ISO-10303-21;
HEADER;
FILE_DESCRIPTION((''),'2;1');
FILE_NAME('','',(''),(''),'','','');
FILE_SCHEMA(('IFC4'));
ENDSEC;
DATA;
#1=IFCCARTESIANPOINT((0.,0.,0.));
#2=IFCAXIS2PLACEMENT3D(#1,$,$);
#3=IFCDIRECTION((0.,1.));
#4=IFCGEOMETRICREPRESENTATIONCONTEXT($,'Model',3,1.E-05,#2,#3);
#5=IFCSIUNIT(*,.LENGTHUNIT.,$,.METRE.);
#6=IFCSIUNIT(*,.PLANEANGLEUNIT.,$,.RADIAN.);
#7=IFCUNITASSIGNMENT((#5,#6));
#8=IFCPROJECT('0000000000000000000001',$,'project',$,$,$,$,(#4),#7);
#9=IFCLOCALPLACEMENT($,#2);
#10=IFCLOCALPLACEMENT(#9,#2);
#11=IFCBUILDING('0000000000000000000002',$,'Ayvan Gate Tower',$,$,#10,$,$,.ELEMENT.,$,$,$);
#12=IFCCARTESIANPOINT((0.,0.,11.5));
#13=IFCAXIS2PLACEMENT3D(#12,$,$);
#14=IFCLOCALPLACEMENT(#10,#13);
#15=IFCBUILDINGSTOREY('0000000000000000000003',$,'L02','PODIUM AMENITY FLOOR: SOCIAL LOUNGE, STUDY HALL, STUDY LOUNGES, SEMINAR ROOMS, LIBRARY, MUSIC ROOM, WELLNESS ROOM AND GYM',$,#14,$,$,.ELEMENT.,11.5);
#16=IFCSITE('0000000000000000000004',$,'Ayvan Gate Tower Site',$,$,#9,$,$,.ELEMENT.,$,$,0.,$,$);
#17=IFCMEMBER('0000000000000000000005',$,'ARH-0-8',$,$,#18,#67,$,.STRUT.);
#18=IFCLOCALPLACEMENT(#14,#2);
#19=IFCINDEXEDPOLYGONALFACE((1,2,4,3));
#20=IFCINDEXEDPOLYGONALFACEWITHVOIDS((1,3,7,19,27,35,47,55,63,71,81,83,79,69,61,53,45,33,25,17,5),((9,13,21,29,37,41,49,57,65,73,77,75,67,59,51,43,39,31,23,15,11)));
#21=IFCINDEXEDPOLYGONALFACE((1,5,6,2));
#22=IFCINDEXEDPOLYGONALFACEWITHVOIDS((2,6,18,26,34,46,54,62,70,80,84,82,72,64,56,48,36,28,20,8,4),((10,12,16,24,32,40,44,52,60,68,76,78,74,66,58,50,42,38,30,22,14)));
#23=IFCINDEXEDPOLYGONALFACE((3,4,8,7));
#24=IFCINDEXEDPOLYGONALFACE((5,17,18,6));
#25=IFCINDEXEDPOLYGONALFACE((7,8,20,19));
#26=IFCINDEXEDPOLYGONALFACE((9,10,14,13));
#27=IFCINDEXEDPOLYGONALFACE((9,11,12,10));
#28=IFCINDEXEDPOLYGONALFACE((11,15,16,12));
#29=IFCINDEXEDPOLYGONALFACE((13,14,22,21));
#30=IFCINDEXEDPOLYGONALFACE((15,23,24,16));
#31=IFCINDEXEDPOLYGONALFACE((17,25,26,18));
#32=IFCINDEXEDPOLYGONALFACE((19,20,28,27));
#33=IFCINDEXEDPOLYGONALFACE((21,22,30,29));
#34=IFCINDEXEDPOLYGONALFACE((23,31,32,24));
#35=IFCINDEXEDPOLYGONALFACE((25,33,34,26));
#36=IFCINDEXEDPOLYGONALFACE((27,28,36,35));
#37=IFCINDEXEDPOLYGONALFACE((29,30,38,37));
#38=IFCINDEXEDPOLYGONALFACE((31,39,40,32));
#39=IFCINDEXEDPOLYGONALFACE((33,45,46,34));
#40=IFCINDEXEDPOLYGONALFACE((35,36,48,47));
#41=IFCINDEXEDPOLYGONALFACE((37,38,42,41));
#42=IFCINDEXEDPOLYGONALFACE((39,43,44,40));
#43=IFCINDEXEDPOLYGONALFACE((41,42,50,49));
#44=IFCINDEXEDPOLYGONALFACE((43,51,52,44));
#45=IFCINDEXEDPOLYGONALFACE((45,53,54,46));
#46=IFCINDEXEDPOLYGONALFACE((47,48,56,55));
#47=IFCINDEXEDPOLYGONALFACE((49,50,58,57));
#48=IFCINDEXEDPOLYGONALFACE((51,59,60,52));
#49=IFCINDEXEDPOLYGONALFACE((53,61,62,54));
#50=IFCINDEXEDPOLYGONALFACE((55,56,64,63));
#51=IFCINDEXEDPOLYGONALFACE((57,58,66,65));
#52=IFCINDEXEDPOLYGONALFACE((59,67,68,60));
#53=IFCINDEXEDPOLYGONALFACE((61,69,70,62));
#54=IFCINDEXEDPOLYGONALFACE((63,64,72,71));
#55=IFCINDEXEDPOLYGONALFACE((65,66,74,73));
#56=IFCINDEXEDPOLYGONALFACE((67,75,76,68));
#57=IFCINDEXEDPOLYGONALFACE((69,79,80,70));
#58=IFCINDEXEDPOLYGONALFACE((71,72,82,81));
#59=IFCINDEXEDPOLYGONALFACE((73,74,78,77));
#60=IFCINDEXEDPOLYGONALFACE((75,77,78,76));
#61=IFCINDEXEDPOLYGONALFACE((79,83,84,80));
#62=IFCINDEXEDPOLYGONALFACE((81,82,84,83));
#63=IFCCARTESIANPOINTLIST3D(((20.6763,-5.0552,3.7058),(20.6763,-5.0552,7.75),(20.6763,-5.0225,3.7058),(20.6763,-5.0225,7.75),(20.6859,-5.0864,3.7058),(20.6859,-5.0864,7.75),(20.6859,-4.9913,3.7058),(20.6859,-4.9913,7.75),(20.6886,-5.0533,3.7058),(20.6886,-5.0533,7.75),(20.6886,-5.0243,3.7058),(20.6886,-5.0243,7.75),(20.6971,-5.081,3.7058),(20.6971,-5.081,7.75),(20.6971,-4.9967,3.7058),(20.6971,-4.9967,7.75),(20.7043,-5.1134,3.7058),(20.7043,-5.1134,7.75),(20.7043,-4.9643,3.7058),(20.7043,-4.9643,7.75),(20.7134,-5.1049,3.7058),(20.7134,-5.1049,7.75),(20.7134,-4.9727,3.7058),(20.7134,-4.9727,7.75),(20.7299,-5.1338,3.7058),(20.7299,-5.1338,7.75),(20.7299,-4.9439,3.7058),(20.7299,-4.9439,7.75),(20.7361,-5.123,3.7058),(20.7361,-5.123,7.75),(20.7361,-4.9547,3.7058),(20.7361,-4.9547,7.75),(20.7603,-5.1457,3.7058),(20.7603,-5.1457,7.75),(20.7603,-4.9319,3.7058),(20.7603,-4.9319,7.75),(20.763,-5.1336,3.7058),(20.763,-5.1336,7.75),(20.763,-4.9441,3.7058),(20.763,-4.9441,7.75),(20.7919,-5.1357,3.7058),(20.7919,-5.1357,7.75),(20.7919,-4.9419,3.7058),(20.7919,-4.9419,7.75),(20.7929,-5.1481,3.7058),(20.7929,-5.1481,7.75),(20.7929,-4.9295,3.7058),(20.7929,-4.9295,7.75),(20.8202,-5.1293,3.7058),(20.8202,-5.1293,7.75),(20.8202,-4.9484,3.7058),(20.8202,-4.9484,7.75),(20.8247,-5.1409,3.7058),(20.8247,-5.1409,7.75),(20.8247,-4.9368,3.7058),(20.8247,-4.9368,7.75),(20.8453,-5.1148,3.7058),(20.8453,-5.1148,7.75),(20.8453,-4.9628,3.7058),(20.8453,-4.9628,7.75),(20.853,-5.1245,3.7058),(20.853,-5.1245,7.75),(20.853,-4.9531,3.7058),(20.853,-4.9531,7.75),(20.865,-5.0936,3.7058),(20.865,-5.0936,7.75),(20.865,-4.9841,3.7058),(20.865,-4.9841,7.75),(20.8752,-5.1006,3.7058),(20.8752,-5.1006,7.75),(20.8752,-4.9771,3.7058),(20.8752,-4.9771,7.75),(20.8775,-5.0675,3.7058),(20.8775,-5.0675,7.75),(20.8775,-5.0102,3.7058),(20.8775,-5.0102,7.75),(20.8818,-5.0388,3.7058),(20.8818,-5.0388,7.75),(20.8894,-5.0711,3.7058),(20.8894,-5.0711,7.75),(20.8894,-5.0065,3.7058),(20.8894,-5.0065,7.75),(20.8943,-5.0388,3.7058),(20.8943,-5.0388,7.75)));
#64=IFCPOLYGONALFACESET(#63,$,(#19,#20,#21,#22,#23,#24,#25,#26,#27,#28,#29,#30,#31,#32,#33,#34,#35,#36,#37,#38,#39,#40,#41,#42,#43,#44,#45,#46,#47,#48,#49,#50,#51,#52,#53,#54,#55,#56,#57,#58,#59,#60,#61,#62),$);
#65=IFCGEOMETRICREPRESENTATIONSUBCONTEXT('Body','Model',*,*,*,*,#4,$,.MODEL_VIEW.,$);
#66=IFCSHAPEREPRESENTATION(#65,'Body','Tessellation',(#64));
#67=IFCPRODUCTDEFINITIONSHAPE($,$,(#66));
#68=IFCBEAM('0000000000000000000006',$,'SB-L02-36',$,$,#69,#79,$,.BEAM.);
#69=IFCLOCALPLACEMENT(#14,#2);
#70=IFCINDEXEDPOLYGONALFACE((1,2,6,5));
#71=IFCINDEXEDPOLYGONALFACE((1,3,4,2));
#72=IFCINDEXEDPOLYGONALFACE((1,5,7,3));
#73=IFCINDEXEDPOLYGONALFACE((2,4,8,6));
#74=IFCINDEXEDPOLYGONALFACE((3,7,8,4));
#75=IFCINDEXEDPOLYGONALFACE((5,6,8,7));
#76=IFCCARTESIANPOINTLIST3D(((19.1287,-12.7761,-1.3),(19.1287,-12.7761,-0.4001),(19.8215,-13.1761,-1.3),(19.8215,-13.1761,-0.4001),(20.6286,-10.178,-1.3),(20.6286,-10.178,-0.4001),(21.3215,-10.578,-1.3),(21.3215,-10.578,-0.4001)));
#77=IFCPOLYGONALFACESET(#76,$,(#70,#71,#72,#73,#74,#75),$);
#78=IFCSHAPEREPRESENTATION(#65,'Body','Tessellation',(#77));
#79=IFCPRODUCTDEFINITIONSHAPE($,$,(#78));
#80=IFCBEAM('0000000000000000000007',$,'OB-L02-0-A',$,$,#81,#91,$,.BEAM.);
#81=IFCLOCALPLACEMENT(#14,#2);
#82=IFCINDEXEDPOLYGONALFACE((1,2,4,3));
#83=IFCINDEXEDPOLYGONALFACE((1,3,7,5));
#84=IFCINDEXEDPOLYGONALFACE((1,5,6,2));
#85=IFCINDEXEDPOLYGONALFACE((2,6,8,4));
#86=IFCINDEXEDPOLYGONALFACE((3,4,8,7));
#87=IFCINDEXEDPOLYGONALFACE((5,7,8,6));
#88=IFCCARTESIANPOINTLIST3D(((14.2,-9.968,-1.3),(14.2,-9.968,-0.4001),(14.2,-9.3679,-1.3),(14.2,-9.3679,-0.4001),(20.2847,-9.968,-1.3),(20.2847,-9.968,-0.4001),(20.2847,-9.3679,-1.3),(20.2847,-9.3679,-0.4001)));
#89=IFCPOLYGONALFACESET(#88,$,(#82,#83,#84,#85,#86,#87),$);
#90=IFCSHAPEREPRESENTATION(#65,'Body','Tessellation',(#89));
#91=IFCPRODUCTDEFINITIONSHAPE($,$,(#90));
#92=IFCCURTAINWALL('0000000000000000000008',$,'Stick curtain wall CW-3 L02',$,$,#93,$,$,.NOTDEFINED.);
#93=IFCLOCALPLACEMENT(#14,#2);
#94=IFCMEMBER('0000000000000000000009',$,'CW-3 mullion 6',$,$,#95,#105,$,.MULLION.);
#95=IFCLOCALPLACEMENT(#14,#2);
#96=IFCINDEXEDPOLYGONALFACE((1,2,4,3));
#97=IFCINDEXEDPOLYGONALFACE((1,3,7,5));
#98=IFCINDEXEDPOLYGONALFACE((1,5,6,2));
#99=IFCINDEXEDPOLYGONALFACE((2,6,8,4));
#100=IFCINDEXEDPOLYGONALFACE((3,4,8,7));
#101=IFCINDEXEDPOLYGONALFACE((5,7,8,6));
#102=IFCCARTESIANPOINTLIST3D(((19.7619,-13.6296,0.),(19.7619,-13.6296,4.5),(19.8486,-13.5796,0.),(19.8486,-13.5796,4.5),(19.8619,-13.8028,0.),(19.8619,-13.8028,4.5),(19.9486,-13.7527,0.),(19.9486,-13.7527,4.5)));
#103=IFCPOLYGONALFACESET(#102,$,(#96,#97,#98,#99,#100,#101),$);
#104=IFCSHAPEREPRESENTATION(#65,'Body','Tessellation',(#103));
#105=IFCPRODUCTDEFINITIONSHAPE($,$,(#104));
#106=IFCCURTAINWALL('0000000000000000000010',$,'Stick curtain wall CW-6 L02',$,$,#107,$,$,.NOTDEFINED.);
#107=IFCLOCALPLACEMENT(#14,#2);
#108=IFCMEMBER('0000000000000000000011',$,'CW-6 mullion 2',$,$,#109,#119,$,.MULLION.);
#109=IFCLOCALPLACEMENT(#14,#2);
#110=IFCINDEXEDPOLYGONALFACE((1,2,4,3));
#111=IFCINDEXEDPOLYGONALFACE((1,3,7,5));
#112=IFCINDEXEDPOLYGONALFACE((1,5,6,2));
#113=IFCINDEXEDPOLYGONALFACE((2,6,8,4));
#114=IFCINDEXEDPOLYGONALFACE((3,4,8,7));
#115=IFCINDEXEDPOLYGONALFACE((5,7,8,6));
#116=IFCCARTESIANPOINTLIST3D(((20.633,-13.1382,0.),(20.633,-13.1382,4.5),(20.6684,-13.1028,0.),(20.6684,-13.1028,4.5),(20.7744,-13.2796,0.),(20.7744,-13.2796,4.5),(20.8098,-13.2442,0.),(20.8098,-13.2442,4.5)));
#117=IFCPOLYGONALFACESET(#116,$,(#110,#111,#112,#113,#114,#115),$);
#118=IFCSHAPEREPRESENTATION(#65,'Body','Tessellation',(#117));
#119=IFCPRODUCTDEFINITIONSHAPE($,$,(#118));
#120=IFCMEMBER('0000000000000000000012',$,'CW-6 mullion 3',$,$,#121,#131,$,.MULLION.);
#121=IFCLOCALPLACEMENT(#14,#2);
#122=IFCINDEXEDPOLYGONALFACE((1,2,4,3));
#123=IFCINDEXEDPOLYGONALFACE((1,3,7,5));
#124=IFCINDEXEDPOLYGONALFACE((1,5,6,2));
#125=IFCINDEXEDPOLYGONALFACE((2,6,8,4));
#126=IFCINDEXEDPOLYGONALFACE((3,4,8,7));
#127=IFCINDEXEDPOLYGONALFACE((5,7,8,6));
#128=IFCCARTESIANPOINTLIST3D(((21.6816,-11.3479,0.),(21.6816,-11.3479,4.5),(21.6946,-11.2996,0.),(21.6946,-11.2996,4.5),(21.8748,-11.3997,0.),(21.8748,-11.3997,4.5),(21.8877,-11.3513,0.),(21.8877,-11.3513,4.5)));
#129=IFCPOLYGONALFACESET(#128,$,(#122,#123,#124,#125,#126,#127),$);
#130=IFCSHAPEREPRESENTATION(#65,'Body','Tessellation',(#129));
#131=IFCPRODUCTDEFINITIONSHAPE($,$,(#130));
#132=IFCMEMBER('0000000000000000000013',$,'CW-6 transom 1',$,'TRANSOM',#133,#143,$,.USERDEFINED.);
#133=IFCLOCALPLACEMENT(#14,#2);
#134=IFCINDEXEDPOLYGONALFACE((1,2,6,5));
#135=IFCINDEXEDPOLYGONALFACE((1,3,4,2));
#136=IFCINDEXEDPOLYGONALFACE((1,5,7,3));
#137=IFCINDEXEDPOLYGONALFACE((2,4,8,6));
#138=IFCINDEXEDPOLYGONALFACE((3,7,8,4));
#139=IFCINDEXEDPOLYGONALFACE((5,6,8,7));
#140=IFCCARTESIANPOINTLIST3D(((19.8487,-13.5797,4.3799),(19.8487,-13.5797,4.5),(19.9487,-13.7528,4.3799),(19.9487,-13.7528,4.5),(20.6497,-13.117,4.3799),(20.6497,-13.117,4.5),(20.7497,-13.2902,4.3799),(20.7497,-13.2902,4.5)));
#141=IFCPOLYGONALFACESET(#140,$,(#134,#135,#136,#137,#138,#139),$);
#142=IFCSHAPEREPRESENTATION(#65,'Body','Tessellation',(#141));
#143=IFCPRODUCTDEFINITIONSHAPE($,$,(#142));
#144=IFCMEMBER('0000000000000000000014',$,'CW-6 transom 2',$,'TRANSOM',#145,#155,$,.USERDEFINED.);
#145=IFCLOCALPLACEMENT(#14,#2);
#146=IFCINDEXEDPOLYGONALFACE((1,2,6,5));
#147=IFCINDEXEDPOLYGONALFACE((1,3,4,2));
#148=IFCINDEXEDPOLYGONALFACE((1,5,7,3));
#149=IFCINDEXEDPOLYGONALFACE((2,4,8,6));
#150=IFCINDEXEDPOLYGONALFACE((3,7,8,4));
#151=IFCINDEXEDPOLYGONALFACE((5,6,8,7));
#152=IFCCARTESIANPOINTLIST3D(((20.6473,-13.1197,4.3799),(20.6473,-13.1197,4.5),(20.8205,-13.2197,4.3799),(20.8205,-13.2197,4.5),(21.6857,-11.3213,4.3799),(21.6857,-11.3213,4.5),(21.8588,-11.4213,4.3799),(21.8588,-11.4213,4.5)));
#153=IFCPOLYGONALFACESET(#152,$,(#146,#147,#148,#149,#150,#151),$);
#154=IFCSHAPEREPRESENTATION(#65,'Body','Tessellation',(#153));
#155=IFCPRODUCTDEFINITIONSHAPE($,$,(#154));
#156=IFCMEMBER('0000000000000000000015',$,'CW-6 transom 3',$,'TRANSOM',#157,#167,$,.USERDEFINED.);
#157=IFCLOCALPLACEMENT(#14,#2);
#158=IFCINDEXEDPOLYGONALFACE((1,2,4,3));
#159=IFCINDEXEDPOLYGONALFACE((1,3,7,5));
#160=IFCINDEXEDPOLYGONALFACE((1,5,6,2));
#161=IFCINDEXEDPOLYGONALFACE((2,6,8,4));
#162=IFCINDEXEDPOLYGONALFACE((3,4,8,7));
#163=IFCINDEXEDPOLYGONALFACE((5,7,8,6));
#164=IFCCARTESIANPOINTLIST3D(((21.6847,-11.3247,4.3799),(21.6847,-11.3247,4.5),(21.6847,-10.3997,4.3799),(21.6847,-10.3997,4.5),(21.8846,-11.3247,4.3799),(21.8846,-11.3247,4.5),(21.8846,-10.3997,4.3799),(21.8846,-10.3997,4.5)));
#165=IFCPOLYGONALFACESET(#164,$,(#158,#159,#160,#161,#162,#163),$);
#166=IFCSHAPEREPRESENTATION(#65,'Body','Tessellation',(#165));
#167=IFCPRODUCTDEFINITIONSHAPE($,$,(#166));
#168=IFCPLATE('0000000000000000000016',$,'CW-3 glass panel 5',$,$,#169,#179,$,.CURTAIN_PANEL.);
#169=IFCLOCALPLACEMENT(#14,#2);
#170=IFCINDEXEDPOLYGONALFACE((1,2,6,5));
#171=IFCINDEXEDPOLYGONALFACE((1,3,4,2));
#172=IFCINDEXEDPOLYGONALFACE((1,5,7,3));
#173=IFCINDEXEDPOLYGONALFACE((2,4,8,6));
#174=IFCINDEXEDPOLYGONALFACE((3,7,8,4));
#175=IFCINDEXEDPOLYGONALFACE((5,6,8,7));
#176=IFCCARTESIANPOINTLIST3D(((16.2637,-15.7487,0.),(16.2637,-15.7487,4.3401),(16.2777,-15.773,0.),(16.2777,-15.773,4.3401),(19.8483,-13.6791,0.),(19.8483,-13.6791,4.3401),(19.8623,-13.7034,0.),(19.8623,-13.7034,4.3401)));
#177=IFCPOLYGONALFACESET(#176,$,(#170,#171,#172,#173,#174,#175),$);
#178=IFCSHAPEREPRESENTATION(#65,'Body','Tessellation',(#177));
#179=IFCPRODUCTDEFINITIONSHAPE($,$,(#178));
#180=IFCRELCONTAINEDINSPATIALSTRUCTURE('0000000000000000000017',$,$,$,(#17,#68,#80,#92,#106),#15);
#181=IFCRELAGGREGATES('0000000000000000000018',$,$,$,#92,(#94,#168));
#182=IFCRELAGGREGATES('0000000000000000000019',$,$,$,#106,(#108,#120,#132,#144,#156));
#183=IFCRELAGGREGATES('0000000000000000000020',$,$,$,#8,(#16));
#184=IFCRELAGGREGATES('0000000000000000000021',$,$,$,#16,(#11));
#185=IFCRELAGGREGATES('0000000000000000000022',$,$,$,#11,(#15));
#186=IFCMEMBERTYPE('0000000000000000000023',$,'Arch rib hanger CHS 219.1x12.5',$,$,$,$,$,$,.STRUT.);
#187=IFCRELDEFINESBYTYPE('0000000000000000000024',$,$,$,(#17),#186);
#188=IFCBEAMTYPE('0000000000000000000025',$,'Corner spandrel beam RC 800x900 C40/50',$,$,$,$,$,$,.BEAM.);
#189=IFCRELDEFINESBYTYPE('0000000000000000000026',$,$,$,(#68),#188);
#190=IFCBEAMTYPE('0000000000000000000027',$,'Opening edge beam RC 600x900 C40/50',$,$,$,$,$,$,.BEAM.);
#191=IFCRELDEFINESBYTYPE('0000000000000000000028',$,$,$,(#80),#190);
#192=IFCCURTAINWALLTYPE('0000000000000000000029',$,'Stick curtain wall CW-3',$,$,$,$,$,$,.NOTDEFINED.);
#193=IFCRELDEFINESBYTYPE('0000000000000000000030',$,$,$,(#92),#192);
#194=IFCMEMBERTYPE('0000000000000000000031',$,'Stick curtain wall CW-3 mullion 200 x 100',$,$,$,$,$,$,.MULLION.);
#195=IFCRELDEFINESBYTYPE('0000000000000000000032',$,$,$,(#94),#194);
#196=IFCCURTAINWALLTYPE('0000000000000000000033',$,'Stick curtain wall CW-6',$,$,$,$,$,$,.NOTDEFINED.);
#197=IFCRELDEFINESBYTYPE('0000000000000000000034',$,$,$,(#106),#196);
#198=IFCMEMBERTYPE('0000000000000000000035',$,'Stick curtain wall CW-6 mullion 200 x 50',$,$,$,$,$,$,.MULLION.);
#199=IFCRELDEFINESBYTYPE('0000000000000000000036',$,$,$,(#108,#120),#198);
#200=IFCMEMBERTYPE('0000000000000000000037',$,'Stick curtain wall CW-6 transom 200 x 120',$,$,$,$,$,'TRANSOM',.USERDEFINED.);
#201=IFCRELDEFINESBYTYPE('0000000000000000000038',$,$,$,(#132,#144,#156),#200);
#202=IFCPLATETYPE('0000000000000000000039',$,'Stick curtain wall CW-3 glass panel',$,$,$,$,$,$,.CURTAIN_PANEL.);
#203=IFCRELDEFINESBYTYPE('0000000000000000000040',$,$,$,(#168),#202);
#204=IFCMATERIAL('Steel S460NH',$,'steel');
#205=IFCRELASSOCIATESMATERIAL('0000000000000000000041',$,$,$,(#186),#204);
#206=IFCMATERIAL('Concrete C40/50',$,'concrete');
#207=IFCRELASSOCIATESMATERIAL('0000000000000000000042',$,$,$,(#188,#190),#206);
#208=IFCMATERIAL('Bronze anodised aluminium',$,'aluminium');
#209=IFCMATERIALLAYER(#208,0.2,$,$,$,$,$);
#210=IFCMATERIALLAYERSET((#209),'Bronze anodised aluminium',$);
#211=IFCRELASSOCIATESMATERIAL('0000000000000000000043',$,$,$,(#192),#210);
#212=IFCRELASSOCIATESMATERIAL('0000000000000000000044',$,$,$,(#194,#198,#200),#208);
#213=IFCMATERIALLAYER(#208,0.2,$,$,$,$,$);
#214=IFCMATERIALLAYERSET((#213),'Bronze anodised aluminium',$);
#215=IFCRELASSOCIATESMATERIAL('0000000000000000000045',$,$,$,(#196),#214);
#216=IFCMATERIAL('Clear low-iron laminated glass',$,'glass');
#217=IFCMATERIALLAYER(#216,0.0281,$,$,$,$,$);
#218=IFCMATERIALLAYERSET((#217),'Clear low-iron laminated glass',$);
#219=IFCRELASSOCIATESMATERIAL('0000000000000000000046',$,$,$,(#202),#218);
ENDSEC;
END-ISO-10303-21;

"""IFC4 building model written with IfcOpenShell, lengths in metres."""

from ifc_helpers import new_model, si_unit, direction, frame, origin, origin_2d, place, context, subcontext, project, spatial, rectangle, hollow_circle, extrude, material, layer, layer_set, material_profile, profile_set, type_object, element, aggregate, save


model = new_model("IFC4")

# Units and contexts
model_context = context("Model", 3, precision=1e-05, world=origin(), true_north=direction((0.0, 1.0)))
body_context = subcontext(model_context, "Body", "Model", "MODEL_VIEW")
ifc_project = project(units=[si_unit("LENGTHUNIT", "METRE"), si_unit("PLANEANGLEUNIT", "RADIAN")], contexts=[model_context])

# Site, building, storey
site_placement = place(None, origin())
site = spatial("IfcSite", under=ifc_project, at=site_placement, Name="Ayvan Gate Tower Site", CompositionType="ELEMENT", RefElevation=0.0)
building_placement = place(site_placement, origin())
building = spatial("IfcBuilding", under=site, at=building_placement, Name="Ayvan Gate Tower", CompositionType="ELEMENT")
storey_placement = place(building_placement, frame((0.0, 0.0, 11.5)))
storey = spatial("IfcBuildingStorey", under=building, at=storey_placement, Name="L02", Description="PODIUM AMENITY FLOOR: SOCIAL LOUNGE, STUDY HALL, STUDY LOUNGES, SEMINAR ROOMS, LIBRARY, MUSIC ROOM, WELLNESS ROOM AND GYM", CompositionType="ELEMENT", Elevation=11.5)

# Member
ifc_material_1 = material(Name="Steel S460NH", Category="steel")
ifc_material_profile_1 = material_profile(ifc_material_1, hollow_circle(Radius=0.1096, WallThickness=0.0125, at=origin_2d()), Name="CHS 219.1x12.5")
ifc_profile_set_1 = profile_set([ifc_material_profile_1], Name="Steel S460NH")
member_type_1 = type_object("IfcMemberType", Name="Arch rib hanger CHS 219.1x12.5", PredefinedType="STRUT", material=ifc_profile_set_1)
member_1_placement = place(storey_placement, frame((20.7847, -5.0388, 3.7058), z_axis=(0.0, 0.0, 1.0), x_axis=(1.0, 0.0, 0.0)))
element("IfcMember", 1, at=member_1_placement, inside=storey, type_object=member_type_1, Name="ARH-0-8", PredefinedType="STRUT", context=body_context, shape_type="SweptSolid", body=[
    extrude(hollow_circle(Radius=0.1096, WallThickness=0.0125, at=origin_2d()), origin(), (0.0, 0.0, 1.0), 4.0442),
])

# Beams
ifc_material_2 = material(Name="Concrete C40/50", Category="concrete")
ifc_material_profile_2 = material_profile(ifc_material_2, rectangle(XDim=0.8, YDim=0.8999, at=origin_2d()), Name="RC 800x900")
ifc_profile_set_2 = profile_set([ifc_material_profile_2], Name="Concrete C40/50")
beam_type_1 = type_object("IfcBeamType", Name="Corner spandrel beam RC 800x900 C40/50", PredefinedType="BEAM", material=ifc_profile_set_2)
beam_1_placement = place(storey_placement, frame((19.4751, -12.9761, -0.8501), z_axis=(0.49999, 0.866031, 0.0), x_axis=(-0.866031, 0.49999, 0.0)))
element("IfcBeam", 2, at=beam_1_placement, inside=storey, type_object=beam_type_1, Name="SB-L02-36", PredefinedType="BEAM", context=body_context, shape_type="SweptSolid", body=[
    extrude(rectangle(XDim=0.8, YDim=0.8999, at=origin_2d()), origin(), (0.0, 0.0, 1.0), 3.0),
])
ifc_material_profile_3 = material_profile(ifc_material_2, rectangle(XDim=0.6001, YDim=0.8999, at=origin_2d()), Name="RC 600x900")
ifc_profile_set_3 = profile_set([ifc_material_profile_3], Name="Concrete C40/50")
beam_type_2 = type_object("IfcBeamType", Name="Opening edge beam RC 600x900 C40/50", PredefinedType="BEAM", material=ifc_profile_set_3)
beam_2_placement = place(storey_placement, frame((20.2847, -9.668, -0.8501), z_axis=(-1.0, 0.0, 0.0), x_axis=(0.0, -1.0, 0.0)))
element("IfcBeam", 3, at=beam_2_placement, inside=storey, type_object=beam_type_2, Name="OB-L02-0-A", PredefinedType="BEAM", context=body_context, shape_type="SweptSolid", body=[
    extrude(rectangle(XDim=0.6001, YDim=0.8999, at=origin_2d()), origin(), (0.0, 0.0, 1.0), 6.0847),
])

# Curtain wall, member
ifc_material_3 = material(Name="Bronze anodised aluminium", Category="aluminium")
ifc_layer_1 = layer(ifc_material_3, 0.2)
ifc_layer_set_1 = layer_set([ifc_layer_1], Name="Bronze anodised aluminium")
curtain_wall_type_1 = type_object("IfcCurtainWallType", Name="Stick curtain wall CW-3", PredefinedType="NOTDEFINED", material=ifc_layer_set_1)
curtain_wall_1_placement = place(storey_placement, origin())
curtain_wall_1 = element("IfcCurtainWall", 4, at=curtain_wall_1_placement, inside=storey, type_object=curtain_wall_type_1, Name="Stick curtain wall CW-3 L02", PredefinedType="NOTDEFINED")
ifc_material_profile_4 = material_profile(ifc_material_3, rectangle(XDim=0.2, YDim=0.1001, at=origin_2d()), Name="Stick curtain wall CW-3 mullion 200 x 100")
ifc_profile_set_4 = profile_set([ifc_material_profile_4], Name="Bronze anodised aluminium")
member_type_2 = type_object("IfcMemberType", Name="Stick curtain wall CW-3 mullion 200 x 100", PredefinedType="MULLION", material=ifc_profile_set_4)
member_2_placement = place(storey_placement, frame((19.8552, -13.6912, 0.0), z_axis=(0.0, 0.0, 1.0), x_axis=(0.5, -0.866025, 0.0)))
member_2 = element("IfcMember", 5, at=member_2_placement, type_object=member_type_2, Name="CW-3 mullion 6", PredefinedType="MULLION", context=body_context, shape_type="SweptSolid", body=[
    extrude(rectangle(XDim=0.2, YDim=0.1001, at=origin_2d()), origin(), (0.0, 0.0, 1.0), 4.5),
])

# Curtain wall, members
ifc_layer_2 = layer(ifc_material_3, 0.2)
ifc_layer_set_2 = layer_set([ifc_layer_2], Name="Bronze anodised aluminium")
curtain_wall_type_2 = type_object("IfcCurtainWallType", Name="Stick curtain wall CW-6", PredefinedType="NOTDEFINED", material=ifc_layer_set_2)
curtain_wall_2_placement = place(storey_placement, origin())
curtain_wall_2 = element("IfcCurtainWall", 6, at=curtain_wall_2_placement, inside=storey, type_object=curtain_wall_type_2, Name="Stick curtain wall CW-6 L02", PredefinedType="NOTDEFINED")
ifc_material_profile_5 = material_profile(ifc_material_3, rectangle(XDim=0.2, YDim=0.05, at=origin_2d()), Name="Stick curtain wall CW-6 mullion 200 x 50")
ifc_profile_set_5 = profile_set([ifc_material_profile_5], Name="Bronze anodised aluminium")
member_type_3 = type_object("IfcMemberType", Name="Stick curtain wall CW-6 mullion 200 x 50", PredefinedType="MULLION", material=ifc_profile_set_5)
member_3_placement = place(storey_placement, frame((20.7214, -13.1912, 0.0), z_axis=(0.0, 0.0, 1.0), x_axis=(0.707107, -0.707107, 0.0)))
member_3 = element("IfcMember", 7, at=member_3_placement, type_object=member_type_3, Name="CW-6 mullion 2", PredefinedType="MULLION", context=body_context, shape_type="SweptSolid", body=[
    extrude(rectangle(XDim=0.2, YDim=0.05, at=origin_2d()), origin(), (0.0, 0.0, 1.0), 4.5),
])
member_4_placement = place(storey_placement, frame((21.7847, -11.3496, 0.0), z_axis=(0.0, 0.0, 1.0), x_axis=(0.965926, -0.258819, 0.0)))
member_4 = element("IfcMember", 8, at=member_4_placement, type_object=member_type_3, Name="CW-6 mullion 3", PredefinedType="MULLION", context=body_context, shape_type="SweptSolid", body=[
    extrude(rectangle(XDim=0.2, YDim=0.05, at=origin_2d()), origin(), (0.0, 0.0, 1.0), 4.5),
])
ifc_material_profile_6 = material_profile(ifc_material_3, rectangle(XDim=0.2, YDim=0.1201, at=origin_2d()), Name="Stick curtain wall CW-6 transom 200 x 120")
ifc_profile_set_6 = profile_set([ifc_material_profile_6], Name="Bronze anodised aluminium")
member_type_4 = type_object("IfcMemberType", Name="Stick curtain wall CW-6 transom 200 x 120", ElementType="TRANSOM", PredefinedType="USERDEFINED", material=ifc_profile_set_6)
member_5_placement = place(storey_placement, frame((19.8987, -13.6663, 4.4399), z_axis=(0.865944, 0.500141, 0.0), x_axis=(-0.500141, 0.865944, 0.0)))
member_5 = element("IfcMember", 9, at=member_5_placement, type_object=member_type_4, Name="CW-6 transom 1", ObjectType="TRANSOM", PredefinedType="USERDEFINED", context=body_context, shape_type="SweptSolid", body=[
    extrude(rectangle(XDim=0.2, YDim=0.1201, at=origin_2d()), origin(), (0.0, 0.0, 1.0), 0.925),
])
member_6_placement = place(storey_placement, frame((20.7339, -13.1697, 4.4399), z_axis=(0.500021, 0.866013, 0.0), x_axis=(-0.866013, 0.500021, 0.0)))
member_6 = element("IfcMember", 10, at=member_6_placement, type_object=member_type_4, Name="CW-6 transom 2", ObjectType="TRANSOM", PredefinedType="USERDEFINED", context=body_context, shape_type="SweptSolid", body=[
    extrude(rectangle(XDim=0.2, YDim=0.1201, at=origin_2d()), origin(), (0.0, 0.0, 1.0), 2.0767),
])
member_7_placement = place(storey_placement, frame((21.7847, -11.3247, 4.4399), z_axis=(0.0, 1.0, 0.0), x_axis=(-1.0, 0.0, 0.0)))
member_7 = element("IfcMember", 11, at=member_7_placement, type_object=member_type_4, Name="CW-6 transom 3", ObjectType="TRANSOM", PredefinedType="USERDEFINED", context=body_context, shape_type="SweptSolid", body=[
    extrude(rectangle(XDim=0.2, YDim=0.1201, at=origin_2d()), origin(), (0.0, 0.0, 1.0), 0.925),
])

# Plate
ifc_material_4 = material(Name="Clear low-iron laminated glass", Category="glass")
ifc_layer_3 = layer(ifc_material_4, 0.0281)
ifc_layer_set_3 = layer_set([ifc_layer_3], Name="Clear low-iron laminated glass")
plate_type_1 = type_object("IfcPlateType", Name="Stick curtain wall CW-3 glass panel", PredefinedType="CURTAIN_PANEL", material=ifc_layer_set_3)
plate_1_placement = place(storey_placement, frame((18.063, -14.7261, 0.0), z_axis=(0.0, 0.0, 1.0), x_axis=(0.866025, 0.5, 0.0)))
plate_1 = element("IfcPlate", 12, at=plate_1_placement, type_object=plate_type_1, Name="CW-3 glass panel 5", PredefinedType="CURTAIN_PANEL", context=body_context, shape_type="SweptSolid", body=[
    extrude(rectangle(XDim=4.1392, YDim=0.0281, at=origin_2d()), origin(), (0.0, 0.0, 1.0), 4.3401),
])
aggregate(curtain_wall_1, [member_2, plate_1])
aggregate(curtain_wall_2, [member_3, member_4, member_5, member_6, member_7])

save(model, "model.ifc")
